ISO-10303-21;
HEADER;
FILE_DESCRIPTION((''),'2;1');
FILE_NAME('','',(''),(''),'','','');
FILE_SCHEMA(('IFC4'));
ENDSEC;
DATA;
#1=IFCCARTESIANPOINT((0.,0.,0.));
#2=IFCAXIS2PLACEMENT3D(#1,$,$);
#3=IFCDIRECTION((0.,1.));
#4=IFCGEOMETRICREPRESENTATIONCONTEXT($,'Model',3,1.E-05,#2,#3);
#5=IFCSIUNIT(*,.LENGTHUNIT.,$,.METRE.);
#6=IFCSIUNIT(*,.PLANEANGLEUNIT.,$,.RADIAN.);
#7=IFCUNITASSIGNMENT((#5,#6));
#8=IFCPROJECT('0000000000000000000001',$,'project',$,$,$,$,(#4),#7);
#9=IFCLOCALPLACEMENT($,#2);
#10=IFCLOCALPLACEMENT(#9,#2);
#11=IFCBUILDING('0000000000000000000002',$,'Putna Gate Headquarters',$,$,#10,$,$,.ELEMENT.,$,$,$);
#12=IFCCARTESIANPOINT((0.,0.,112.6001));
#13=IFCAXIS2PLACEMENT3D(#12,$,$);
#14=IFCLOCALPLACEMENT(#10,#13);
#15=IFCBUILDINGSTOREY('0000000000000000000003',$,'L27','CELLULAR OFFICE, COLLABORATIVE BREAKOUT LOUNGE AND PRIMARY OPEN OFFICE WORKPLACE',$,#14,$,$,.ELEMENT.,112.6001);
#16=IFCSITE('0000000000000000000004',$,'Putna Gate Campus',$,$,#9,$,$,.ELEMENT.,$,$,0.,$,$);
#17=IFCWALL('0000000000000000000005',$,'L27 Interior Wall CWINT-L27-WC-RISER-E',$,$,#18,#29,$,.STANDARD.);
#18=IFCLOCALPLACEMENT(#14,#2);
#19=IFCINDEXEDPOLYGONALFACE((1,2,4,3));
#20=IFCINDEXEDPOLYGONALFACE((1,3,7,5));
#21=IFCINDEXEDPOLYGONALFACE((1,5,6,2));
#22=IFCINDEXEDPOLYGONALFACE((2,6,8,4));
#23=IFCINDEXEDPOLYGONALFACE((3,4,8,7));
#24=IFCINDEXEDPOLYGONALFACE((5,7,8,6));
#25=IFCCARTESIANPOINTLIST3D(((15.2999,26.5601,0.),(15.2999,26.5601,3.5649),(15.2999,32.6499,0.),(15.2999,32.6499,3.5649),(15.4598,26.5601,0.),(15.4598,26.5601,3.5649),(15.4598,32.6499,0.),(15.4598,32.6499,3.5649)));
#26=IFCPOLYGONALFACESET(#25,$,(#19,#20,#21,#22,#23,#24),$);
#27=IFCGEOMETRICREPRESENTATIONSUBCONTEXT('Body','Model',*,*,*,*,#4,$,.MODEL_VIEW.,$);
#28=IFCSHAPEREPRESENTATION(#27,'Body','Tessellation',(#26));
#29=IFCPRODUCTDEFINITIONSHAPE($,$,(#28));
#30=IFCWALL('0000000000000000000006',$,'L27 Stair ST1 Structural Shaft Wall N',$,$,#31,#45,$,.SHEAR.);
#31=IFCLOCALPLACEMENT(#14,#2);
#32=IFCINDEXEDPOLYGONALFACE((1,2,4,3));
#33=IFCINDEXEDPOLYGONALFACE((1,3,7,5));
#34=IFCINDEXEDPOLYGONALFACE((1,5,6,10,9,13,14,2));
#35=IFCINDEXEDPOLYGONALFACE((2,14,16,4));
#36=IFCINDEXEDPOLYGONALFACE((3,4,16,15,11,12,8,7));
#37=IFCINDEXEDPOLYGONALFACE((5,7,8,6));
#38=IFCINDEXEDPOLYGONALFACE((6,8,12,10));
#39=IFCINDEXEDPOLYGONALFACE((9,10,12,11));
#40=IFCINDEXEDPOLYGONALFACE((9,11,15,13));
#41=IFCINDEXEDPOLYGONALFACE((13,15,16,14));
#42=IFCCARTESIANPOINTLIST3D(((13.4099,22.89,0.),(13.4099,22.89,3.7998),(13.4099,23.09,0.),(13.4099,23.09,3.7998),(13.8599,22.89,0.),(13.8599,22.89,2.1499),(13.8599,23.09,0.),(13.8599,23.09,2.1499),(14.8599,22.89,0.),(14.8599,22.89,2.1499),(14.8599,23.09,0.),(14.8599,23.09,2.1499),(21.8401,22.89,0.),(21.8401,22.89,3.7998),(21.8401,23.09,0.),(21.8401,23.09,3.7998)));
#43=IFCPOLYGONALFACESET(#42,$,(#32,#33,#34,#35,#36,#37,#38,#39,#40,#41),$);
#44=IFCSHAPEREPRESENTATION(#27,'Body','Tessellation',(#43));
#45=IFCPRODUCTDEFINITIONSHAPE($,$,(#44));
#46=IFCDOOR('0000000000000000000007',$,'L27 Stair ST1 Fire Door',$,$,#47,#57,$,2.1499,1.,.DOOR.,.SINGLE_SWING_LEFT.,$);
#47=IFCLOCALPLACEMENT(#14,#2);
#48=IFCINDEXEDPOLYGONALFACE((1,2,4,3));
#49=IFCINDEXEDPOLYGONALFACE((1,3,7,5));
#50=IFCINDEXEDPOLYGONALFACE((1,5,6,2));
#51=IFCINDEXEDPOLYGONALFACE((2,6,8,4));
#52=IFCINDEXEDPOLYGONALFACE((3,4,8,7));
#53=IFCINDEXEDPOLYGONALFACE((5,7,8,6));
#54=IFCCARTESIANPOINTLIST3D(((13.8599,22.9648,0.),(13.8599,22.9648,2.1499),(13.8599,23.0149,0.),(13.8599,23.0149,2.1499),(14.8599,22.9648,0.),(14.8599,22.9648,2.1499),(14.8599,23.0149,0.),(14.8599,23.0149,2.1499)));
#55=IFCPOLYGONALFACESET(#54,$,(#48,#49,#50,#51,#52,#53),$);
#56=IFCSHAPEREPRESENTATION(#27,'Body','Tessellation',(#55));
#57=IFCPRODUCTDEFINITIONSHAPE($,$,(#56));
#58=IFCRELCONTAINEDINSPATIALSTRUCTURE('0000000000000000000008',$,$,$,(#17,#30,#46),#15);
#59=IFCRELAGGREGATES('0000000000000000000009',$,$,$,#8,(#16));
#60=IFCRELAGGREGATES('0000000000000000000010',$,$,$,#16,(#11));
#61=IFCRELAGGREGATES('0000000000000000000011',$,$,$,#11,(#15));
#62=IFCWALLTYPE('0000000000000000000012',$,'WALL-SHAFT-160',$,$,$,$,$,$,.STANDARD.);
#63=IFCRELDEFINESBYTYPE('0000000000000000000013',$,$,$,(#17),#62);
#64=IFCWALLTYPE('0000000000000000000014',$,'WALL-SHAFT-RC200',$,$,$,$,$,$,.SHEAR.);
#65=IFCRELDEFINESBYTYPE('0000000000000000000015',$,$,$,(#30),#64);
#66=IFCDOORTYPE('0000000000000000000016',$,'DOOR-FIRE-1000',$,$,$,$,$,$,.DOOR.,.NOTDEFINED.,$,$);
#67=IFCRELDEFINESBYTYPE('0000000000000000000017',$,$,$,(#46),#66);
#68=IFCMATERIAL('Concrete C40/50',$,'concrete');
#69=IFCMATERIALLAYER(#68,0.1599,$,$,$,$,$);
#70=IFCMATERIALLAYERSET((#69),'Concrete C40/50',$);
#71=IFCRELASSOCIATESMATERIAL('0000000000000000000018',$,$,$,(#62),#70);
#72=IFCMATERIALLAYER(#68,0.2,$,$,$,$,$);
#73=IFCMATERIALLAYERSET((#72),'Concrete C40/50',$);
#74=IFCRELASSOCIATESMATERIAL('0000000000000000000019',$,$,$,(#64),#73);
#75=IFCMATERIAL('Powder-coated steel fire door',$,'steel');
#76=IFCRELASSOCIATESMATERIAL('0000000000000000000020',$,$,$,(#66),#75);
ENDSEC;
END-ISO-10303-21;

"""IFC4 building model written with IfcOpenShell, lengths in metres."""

from ifc_helpers import new_model, si_unit, direction, frame, frame_2d, origin, place, context, subcontext, project, spatial, rectangle, extrude, material, layer, layer_set, type_object, element, fill, save


model = new_model("IFC4")

# Units and contexts
model_context = context("Model", 3, precision=1e-05, world=origin(), true_north=direction((0.0, 1.0)))
body_context = subcontext(model_context, "Body", "Model", "MODEL_VIEW")
ifc_project = project(units=[si_unit("LENGTHUNIT", "METRE"), si_unit("PLANEANGLEUNIT", "RADIAN")], contexts=[model_context])

# Site, building, storey
site_placement = place(None, origin())
site = spatial("IfcSite", under=ifc_project, at=site_placement, Name="Putna Gate Campus", CompositionType="ELEMENT", RefElevation=0.0)
building_placement = place(site_placement, origin())
building = spatial("IfcBuilding", under=site, at=building_placement, Name="Putna Gate Headquarters", CompositionType="ELEMENT")
storey_placement = place(building_placement, frame((0.0, 0.0, 112.6001)))
storey = spatial("IfcBuildingStorey", under=building, at=storey_placement, Name="L27", Description="CELLULAR OFFICE, COLLABORATIVE BREAKOUT LOUNGE AND PRIMARY OPEN OFFICE WORKPLACE", CompositionType="ELEMENT", Elevation=112.6001)

# Wall
ifc_material_1 = material(Name="Concrete C40/50", Category="concrete")
ifc_layer_1 = layer(ifc_material_1, 0.1599)
ifc_layer_set_1 = layer_set([ifc_layer_1], Name="Concrete C40/50")
wall_type_1 = type_object("IfcWallType", Name="WALL-SHAFT-160", PredefinedType="STANDARD", material=ifc_layer_set_1)
wall_1_placement = place(storey_placement, frame((15.3799, 26.5601, 0.0), z_axis=(0.0, 0.0, 1.0), x_axis=(0.0, 1.0, 0.0)))
element("IfcWall", 1, at=wall_1_placement, inside=storey, type_object=wall_type_1, Name="L27 Interior Wall CWINT-L27-WC-RISER-E", PredefinedType="STANDARD", context=body_context, shape_type="SweptSolid", body=[
    extrude(rectangle(XDim=6.0898, YDim=0.1599, at=frame_2d((3.0449, 0.0))), origin(), (0.0, 0.0, 1.0), 3.5649),
])

# Wall, opening, door
ifc_layer_2 = layer(ifc_material_1, 0.2)
ifc_layer_set_2 = layer_set([ifc_layer_2], Name="Concrete C40/50")
wall_type_2 = type_object("IfcWallType", Name="WALL-SHAFT-RC200", PredefinedType="SHEAR", material=ifc_layer_set_2)
wall_2_placement = place(storey_placement, frame((13.4099, 22.99, 0.0), z_axis=(0.0, 0.0, 1.0), x_axis=(1.0, 0.0, 0.0)))
wall_2 = element("IfcWall", 2, at=wall_2_placement, inside=storey, type_object=wall_type_2, Name="L27 Stair ST1 Structural Shaft Wall N", PredefinedType="SHEAR", context=body_context, shape_type="SweptSolid", body=[
    extrude(rectangle(XDim=8.4302, YDim=0.2, at=frame_2d((4.2151, 0.0))), origin(), (0.0, 0.0, 1.0), 3.7998),
])
opening_1_placement = place(wall_2_placement, frame((0.45, 0.0, 0.0)))
opening_1 = element("IfcOpeningElement", 3, at=opening_1_placement, cuts=wall_2, PredefinedType="OPENING", context=body_context, shape_type="SweptSolid", body=[
    extrude(rectangle(XDim=1.0, YDim=2.1499, at=frame_2d((0.5, 1.075))), frame((0.0, 0.1099, 0.0), z_axis=(0.0, -1.0, 0.0), x_axis=(1.0, 0.0, 0.0)), (0.0, 0.0, 1.0), 0.22),
])
ifc_material_2 = material(Name="Powder-coated steel fire door", Category="steel")
door_type_1 = type_object("IfcDoorType", Name="DOOR-FIRE-1000", OperationType="NOTDEFINED", PredefinedType="DOOR", material=ifc_material_2)
door_1_placement = place(opening_1_placement, origin())
door_1 = element("IfcDoor", 4, at=door_1_placement, inside=storey, type_object=door_type_1, Name="L27 Stair ST1 Fire Door", OperationType="SINGLE_SWING_LEFT", OverallHeight=2.1499, OverallWidth=1.0, PredefinedType="DOOR", context=body_context, shape_type="SweptSolid", body=[
    extrude(rectangle(XDim=1.0, YDim=2.1499, at=frame_2d((0.5, 1.075))), frame((0.0, 0.0249, 0.0), z_axis=(0.0, -1.0, 0.0), x_axis=(1.0, 0.0, 0.0)), (0.0, 0.0, 1.0), 0.05),
])
fill(opening_1, door_1)

save(model, "model.ifc")
